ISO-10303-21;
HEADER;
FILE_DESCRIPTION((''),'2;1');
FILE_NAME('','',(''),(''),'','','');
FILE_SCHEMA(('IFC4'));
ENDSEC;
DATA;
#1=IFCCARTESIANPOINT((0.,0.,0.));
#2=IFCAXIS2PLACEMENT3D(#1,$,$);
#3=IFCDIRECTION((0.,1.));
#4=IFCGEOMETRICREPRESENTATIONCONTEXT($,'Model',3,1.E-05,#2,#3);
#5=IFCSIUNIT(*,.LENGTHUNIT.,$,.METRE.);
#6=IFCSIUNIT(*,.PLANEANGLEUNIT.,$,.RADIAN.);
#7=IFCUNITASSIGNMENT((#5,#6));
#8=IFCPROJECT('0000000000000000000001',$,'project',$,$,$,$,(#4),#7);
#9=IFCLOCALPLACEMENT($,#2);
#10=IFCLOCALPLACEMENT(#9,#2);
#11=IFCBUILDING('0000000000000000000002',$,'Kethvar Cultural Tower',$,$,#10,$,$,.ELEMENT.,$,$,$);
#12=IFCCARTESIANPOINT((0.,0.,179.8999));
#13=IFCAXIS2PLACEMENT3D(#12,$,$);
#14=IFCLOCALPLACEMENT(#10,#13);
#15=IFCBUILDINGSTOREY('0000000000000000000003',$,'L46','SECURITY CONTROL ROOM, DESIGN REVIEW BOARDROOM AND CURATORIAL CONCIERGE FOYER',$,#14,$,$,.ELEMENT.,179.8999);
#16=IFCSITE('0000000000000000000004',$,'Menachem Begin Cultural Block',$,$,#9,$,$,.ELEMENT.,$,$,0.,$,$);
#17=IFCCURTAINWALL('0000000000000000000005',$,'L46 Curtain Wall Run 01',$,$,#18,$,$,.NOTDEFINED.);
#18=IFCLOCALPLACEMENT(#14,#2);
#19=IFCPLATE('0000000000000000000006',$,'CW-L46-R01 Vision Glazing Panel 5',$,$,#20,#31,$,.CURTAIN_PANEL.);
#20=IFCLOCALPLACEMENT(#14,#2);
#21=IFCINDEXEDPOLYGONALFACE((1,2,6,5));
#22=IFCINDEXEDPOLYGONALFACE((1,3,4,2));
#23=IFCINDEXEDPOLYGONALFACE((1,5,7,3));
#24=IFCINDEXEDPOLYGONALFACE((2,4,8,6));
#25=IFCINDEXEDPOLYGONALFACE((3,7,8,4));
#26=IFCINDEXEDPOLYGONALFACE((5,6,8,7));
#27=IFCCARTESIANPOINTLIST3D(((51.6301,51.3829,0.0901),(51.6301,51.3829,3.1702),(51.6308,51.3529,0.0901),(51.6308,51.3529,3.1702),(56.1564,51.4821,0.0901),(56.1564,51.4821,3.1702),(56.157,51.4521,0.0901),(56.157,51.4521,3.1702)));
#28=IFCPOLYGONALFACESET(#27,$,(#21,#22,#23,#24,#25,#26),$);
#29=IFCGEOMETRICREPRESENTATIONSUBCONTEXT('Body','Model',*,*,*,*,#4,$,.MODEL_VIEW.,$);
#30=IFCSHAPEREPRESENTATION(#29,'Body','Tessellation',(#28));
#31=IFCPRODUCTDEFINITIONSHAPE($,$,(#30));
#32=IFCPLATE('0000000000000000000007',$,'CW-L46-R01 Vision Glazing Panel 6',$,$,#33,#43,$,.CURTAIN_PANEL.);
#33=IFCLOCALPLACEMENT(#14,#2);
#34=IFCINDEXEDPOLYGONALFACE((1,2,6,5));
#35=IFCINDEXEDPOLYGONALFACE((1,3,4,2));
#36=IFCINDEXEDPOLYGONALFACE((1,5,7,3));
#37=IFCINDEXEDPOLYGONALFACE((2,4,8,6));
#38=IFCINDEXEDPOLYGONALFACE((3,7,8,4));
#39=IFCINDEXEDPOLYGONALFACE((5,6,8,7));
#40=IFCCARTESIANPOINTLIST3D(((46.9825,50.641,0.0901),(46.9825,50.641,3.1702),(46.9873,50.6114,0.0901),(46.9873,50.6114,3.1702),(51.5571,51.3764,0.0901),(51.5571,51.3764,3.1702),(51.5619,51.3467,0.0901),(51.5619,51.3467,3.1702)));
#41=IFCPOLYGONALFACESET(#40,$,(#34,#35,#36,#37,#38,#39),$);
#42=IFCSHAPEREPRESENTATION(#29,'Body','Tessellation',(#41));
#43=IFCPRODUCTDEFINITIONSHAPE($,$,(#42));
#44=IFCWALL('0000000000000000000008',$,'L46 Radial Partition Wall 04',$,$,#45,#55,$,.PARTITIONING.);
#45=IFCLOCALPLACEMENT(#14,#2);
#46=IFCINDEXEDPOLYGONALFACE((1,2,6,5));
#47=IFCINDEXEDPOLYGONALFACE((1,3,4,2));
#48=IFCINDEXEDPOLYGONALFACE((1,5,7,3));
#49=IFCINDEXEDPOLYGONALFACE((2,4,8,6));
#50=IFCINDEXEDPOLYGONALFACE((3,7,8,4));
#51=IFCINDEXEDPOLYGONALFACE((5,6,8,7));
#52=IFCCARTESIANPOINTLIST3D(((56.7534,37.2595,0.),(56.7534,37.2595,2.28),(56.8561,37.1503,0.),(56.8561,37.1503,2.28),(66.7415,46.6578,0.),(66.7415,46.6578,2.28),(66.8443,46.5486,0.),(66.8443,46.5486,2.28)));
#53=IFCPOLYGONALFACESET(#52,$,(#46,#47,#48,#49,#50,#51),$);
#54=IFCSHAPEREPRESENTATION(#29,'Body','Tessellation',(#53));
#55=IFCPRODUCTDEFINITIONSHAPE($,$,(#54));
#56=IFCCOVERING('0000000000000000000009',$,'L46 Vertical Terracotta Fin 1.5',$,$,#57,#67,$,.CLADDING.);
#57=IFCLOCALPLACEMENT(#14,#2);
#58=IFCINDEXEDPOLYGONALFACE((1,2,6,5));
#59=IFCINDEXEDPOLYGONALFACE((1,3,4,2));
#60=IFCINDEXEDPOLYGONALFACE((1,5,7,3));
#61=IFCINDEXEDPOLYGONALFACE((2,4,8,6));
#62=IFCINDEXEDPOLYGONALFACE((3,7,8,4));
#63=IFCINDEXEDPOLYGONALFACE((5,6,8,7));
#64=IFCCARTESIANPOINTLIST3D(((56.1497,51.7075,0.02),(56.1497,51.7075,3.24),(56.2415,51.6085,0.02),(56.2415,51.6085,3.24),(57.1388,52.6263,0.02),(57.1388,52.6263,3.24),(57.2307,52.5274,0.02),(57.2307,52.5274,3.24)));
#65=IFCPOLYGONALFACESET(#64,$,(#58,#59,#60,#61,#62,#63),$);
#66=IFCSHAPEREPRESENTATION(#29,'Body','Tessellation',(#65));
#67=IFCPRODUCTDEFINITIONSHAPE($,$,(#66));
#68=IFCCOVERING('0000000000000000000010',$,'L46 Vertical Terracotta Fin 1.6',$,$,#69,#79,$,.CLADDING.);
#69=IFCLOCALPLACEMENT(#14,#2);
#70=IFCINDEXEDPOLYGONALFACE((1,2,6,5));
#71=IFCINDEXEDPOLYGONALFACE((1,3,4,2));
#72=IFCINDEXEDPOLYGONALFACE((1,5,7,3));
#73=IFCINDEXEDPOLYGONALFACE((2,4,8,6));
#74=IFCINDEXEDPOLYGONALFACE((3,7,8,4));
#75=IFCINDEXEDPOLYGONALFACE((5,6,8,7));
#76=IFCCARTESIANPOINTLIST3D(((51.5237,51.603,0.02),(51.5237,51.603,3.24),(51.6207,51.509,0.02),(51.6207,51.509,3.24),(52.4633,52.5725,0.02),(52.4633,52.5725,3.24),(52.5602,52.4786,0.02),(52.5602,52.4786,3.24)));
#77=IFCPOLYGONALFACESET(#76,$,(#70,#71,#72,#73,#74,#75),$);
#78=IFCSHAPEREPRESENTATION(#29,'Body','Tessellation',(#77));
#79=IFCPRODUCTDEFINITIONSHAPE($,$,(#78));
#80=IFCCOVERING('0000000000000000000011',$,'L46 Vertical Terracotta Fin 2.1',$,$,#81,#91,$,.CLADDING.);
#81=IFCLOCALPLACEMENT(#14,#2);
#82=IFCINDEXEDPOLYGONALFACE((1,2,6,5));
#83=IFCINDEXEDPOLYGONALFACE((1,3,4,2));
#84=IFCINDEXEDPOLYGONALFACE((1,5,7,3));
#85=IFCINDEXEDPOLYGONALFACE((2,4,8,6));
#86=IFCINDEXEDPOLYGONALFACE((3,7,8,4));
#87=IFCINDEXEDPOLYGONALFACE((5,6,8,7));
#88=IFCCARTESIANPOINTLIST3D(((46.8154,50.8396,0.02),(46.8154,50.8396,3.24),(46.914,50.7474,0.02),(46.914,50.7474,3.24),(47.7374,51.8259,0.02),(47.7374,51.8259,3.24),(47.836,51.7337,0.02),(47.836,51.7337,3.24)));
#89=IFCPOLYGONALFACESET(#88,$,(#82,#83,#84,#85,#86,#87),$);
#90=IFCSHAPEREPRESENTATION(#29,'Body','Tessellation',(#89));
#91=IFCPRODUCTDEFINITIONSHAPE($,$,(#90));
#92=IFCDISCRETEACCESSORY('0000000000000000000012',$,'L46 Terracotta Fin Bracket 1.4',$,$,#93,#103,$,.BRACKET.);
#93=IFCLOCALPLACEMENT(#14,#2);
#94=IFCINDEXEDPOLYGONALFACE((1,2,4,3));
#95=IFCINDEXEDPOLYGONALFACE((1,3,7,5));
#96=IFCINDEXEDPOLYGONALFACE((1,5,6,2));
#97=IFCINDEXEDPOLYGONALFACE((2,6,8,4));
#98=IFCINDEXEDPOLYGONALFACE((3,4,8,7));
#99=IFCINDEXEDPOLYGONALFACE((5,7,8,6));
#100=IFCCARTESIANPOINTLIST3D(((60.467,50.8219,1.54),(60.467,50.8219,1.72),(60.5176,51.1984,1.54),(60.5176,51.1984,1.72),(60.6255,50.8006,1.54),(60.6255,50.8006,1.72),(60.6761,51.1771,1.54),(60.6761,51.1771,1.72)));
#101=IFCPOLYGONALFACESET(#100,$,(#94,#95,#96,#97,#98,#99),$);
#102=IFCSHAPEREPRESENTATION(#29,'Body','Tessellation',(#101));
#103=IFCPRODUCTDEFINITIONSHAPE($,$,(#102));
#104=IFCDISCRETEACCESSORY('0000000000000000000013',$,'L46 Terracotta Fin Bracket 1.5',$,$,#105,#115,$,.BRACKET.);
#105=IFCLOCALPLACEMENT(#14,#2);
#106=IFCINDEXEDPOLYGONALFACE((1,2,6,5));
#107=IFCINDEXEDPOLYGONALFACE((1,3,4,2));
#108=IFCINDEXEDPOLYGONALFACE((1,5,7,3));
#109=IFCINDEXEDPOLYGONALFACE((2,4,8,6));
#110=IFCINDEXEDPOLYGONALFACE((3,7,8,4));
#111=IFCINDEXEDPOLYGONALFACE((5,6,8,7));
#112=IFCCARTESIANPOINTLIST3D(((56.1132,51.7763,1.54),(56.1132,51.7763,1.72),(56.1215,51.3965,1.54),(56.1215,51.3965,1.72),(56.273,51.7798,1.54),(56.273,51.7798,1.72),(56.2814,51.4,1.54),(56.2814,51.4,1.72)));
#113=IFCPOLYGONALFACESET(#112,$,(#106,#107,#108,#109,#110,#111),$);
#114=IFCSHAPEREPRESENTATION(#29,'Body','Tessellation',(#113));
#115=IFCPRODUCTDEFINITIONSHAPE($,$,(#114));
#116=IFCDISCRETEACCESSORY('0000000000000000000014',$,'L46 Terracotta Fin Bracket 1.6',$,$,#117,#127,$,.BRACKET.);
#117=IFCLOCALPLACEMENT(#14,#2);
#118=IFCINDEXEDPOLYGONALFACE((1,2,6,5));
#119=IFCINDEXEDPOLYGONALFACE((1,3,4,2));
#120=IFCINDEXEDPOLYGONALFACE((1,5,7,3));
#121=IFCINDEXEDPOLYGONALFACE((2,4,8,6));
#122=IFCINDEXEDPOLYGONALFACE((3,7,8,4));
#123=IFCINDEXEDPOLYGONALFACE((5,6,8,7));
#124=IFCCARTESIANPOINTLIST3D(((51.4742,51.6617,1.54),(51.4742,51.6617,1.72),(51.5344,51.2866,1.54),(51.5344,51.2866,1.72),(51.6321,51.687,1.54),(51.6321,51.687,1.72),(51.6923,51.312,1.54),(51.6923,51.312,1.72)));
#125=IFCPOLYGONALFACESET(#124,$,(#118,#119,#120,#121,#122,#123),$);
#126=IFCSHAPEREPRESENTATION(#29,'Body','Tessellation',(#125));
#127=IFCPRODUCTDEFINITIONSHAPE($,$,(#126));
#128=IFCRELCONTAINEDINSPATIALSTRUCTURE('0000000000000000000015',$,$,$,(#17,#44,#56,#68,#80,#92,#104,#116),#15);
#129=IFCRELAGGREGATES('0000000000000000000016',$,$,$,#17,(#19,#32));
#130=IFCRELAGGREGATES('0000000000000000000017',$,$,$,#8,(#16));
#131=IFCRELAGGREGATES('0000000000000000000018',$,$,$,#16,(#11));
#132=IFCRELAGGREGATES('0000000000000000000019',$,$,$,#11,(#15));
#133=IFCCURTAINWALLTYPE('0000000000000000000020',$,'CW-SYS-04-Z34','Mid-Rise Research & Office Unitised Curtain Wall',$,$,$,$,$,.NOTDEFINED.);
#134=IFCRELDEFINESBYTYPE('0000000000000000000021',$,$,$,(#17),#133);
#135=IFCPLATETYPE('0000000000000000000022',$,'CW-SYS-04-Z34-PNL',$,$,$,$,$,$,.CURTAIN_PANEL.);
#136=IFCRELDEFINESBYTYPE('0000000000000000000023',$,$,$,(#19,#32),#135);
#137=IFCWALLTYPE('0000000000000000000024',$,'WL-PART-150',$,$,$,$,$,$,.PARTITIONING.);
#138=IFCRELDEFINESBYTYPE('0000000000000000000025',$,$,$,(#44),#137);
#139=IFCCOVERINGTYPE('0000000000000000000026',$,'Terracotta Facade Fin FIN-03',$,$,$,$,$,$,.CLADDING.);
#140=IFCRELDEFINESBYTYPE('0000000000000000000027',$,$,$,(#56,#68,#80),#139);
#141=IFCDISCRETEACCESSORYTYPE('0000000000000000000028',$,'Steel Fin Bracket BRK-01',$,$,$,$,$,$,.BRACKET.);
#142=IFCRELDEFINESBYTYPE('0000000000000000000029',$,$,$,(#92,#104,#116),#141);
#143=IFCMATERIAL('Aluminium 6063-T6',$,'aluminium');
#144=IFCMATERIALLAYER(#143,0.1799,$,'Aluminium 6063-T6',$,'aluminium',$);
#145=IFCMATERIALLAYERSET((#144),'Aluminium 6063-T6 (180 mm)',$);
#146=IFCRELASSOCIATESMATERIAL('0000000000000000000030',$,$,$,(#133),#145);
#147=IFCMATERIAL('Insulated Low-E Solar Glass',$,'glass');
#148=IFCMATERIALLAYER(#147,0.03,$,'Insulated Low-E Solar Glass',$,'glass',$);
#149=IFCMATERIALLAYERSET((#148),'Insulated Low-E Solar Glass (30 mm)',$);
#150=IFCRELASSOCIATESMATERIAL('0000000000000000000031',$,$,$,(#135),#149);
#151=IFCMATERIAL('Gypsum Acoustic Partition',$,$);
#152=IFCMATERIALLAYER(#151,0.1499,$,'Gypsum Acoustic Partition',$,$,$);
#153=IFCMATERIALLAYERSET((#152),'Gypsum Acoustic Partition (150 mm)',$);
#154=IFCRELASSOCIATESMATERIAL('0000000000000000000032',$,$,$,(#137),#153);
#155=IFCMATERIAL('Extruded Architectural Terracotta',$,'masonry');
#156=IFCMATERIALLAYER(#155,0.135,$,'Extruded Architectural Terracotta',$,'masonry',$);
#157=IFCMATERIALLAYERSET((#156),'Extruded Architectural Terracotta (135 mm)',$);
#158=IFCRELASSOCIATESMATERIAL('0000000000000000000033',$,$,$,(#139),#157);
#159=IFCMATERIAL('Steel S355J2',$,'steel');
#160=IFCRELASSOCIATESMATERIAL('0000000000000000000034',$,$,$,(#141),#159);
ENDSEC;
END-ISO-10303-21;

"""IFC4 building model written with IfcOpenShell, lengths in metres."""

from ifc_helpers import new_model, si_unit, direction, frame, frame_2d, origin, origin_2d, place, context, subcontext, project, spatial, rectangle, extrude, source, transform, mapped, material, layer, layer_set, type_object, element, aggregate, save


model = new_model("IFC4")

# Units and contexts
model_context = context("Model", 3, precision=1e-05, world=origin(), true_north=direction((0.0, 1.0)))
body_context = subcontext(model_context, "Body", "Model", "MODEL_VIEW")
ifc_project = project(units=[si_unit("LENGTHUNIT", "METRE"), si_unit("PLANEANGLEUNIT", "RADIAN")], contexts=[model_context])

# Site, building, storey
site_placement = place(None, origin())
site = spatial("IfcSite", under=ifc_project, at=site_placement, Name="Menachem Begin Cultural Block", CompositionType="ELEMENT", RefElevation=0.0)
building_placement = place(site_placement, origin())
building = spatial("IfcBuilding", under=site, at=building_placement, Name="Kethvar Cultural Tower", CompositionType="ELEMENT")
storey_placement = place(building_placement, frame((0.0, 0.0, 179.8999)))
storey = spatial("IfcBuildingStorey", under=building, at=storey_placement, Name="L46", Description="SECURITY CONTROL ROOM, DESIGN REVIEW BOARDROOM AND CURATORIAL CONCIERGE FOYER", CompositionType="ELEMENT", Elevation=179.8999)

# Shared definitions
ifc_material_1 = material(Name="Steel S355J2", Category="steel")

# Curtain wall
ifc_material_2 = material(Name="Aluminium 6063-T6", Category="aluminium")
ifc_layer_1 = layer(ifc_material_2, 0.1799, Name="Aluminium 6063-T6", Category="aluminium")
ifc_layer_set_1 = layer_set([ifc_layer_1], Name="Aluminium 6063-T6 (180 mm)")
curtain_wall_type = type_object("IfcCurtainWallType", Name="CW-SYS-04-Z34", Description="Mid-Rise Research & Office Unitised Curtain Wall", PredefinedType="NOTDEFINED", material=ifc_layer_set_1)
curtain_wall_1_placement = place(storey_placement, origin())
curtain_wall_1 = element("IfcCurtainWall", 1, at=curtain_wall_1_placement, inside=storey, type_object=curtain_wall_type, Name="L46 Curtain Wall Run 01", PredefinedType="NOTDEFINED")

# Plates
ifc_material_3 = material(Name="Insulated Low-E Solar Glass", Category="glass")
ifc_layer_2 = layer(ifc_material_3, 0.03, Name="Insulated Low-E Solar Glass", Category="glass")
ifc_layer_set_2 = layer_set([ifc_layer_2], Name="Insulated Low-E Solar Glass (30 mm)")
plate_type = type_object("IfcPlateType", Name="CW-SYS-04-Z34-PNL", PredefinedType="CURTAIN_PANEL", material=ifc_layer_set_2)
shared_shape_1 = source(origin(), body_context, "Body", "SweptSolid", [
    extrude(rectangle(XDim=4.5273, YDim=0.03, at=origin_2d()), origin(), (0.0, 0.0, 1.0), 3.0801),
])
plate_1_placement = place(storey_placement, frame((53.8936, 51.4175, 0.0901), z_axis=(0.0, 0.0, 1.0), x_axis=(-0.99976, -0.02192, 0.0)))
plate_1 = element("IfcPlate", 2, at=plate_1_placement, type_object=plate_type, Name="CW-L46-R01 Vision Glazing Panel 5", PredefinedType="CURTAIN_PANEL", context=body_context, shape_type="MappedRepresentation", body=[
    mapped(shared_shape_1, transform((0.0, 0.0, 0.0), scale=1.0)),
])
shared_shape_2 = source(origin(), body_context, "Body", "SweptSolid", [
    extrude(rectangle(XDim=4.6333, YDim=0.03, at=origin_2d()), origin(), (0.0, 0.0, 1.0), 3.0801),
])
plate_2_placement = place(storey_placement, frame((49.2722, 50.9939, 0.0901), z_axis=(0.0, 0.0, 1.0), x_axis=(-0.987325, -0.15871, 0.0)))
plate_2 = element("IfcPlate", 3, at=plate_2_placement, type_object=plate_type, Name="CW-L46-R01 Vision Glazing Panel 6", PredefinedType="CURTAIN_PANEL", context=body_context, shape_type="MappedRepresentation", body=[
    mapped(shared_shape_2, transform((0.0, 0.0, 0.0), scale=1.0)),
])
aggregate(curtain_wall_1, [plate_1, plate_2])

# Wall
ifc_material_4 = material(Name="Gypsum Acoustic Partition")
ifc_layer_3 = layer(ifc_material_4, 0.1499, Name="Gypsum Acoustic Partition")
ifc_layer_set_3 = layer_set([ifc_layer_3], Name="Gypsum Acoustic Partition (150 mm)")
wall_type = type_object("IfcWallType", Name="WL-PART-150", PredefinedType="PARTITIONING", material=ifc_layer_set_3)
wall_placement = place(storey_placement, frame((56.8047, 37.2048, 0.0), z_axis=(0.0, 0.0, 1.0), x_axis=(0.728284, 0.685275, 0.0)))
element("IfcWall", 4, at=wall_placement, inside=storey, type_object=wall_type, Name="L46 Radial Partition Wall 04", PredefinedType="PARTITIONING", context=body_context, shape_type="SweptSolid", body=[
    extrude(rectangle(XDim=13.7146, YDim=0.1499, at=frame_2d((6.8574, 0.0))), origin(), (0.0, 0.0, 1.0), 2.28),
])

# Coverings
ifc_material_5 = material(Name="Extruded Architectural Terracotta", Category="masonry")
ifc_layer_4 = layer(ifc_material_5, 0.135, Name="Extruded Architectural Terracotta", Category="masonry")
ifc_layer_set_4 = layer_set([ifc_layer_4], Name="Extruded Architectural Terracotta (135 mm)")
covering_type = type_object("IfcCoveringType", Name="Terracotta Facade Fin FIN-03", PredefinedType="CLADDING", material=ifc_layer_set_4)
shared_shape_3 = source(origin(), body_context, "Body", "SweptSolid", [
    extrude(rectangle(XDim=1.3501, YDim=0.135, at=origin_2d()), origin(), (0.0, 0.0, 1.0), 3.22),
])
for number, where, z_axis, x_axis, name in (
    (5, (56.6902, 52.1174, 0.02), (0.0, 0.0, 1.0), (0.732662, 0.680593, 0.0), "L46 Vertical Terracotta Fin 1.5"),
    (6, (52.042, 52.0408, 0.02), (0.0, 0.0, 1.0), (0.695913, 0.718126, 0.0), "L46 Vertical Terracotta Fin 1.6"),
    (7, (47.3257, 51.2866, 0.02), (0.0, 0.0, 1.0), (0.682891, 0.73052, 0.0), "L46 Vertical Terracotta Fin 2.1"),
):
    element("IfcCovering", number, at=place(storey_placement, frame(where, z_axis=z_axis, x_axis=x_axis)), inside=storey, type_object=covering_type, Name=name, PredefinedType="CLADDING", context=body_context, shape_type="MappedRepresentation", body=[
        mapped(shared_shape_3, transform((0.0, 0.0, 0.0), scale=1.0)),
    ])

# Discrete accessories
discrete_accessory_type = type_object("IfcDiscreteAccessoryType", Name="Steel Fin Bracket BRK-01", PredefinedType="BRACKET", material=ifc_material_1)
shared_shape_4 = source(origin(), body_context, "Body", "SweptSolid", [
    extrude(rectangle(XDim=0.3799, YDim=0.1599, at=origin_2d()), origin(), (0.0, 0.0, 1.0), 0.1799),
])
for number, where, z_axis, x_axis, name in (
    (8, (60.5715, 50.9995, 1.54), (0.0, 0.0, 1.0), (0.133294, 0.991076, 0.0), "L46 Terracotta Fin Bracket 1.4"),
    (9, (56.1973, 51.5881, 1.54), (0.0, 0.0, 1.0), (-0.021989, 0.999758, 0.0), "L46 Terracotta Fin Bracket 1.5"),
    (10, (51.5833, 51.4868, 1.54), (0.0, 0.0, 1.0), (-0.158675, 0.987331, 0.0), "L46 Terracotta Fin Bracket 1.6"),
):
    element("IfcDiscreteAccessory", number, at=place(storey_placement, frame(where, z_axis=z_axis, x_axis=x_axis)), inside=storey, type_object=discrete_accessory_type, Name=name, PredefinedType="BRACKET", context=body_context, shape_type="MappedRepresentation", body=[
        mapped(shared_shape_4, transform((0.0, 0.0, 0.0), scale=1.0)),
    ])

save(model, "model.ifc")
